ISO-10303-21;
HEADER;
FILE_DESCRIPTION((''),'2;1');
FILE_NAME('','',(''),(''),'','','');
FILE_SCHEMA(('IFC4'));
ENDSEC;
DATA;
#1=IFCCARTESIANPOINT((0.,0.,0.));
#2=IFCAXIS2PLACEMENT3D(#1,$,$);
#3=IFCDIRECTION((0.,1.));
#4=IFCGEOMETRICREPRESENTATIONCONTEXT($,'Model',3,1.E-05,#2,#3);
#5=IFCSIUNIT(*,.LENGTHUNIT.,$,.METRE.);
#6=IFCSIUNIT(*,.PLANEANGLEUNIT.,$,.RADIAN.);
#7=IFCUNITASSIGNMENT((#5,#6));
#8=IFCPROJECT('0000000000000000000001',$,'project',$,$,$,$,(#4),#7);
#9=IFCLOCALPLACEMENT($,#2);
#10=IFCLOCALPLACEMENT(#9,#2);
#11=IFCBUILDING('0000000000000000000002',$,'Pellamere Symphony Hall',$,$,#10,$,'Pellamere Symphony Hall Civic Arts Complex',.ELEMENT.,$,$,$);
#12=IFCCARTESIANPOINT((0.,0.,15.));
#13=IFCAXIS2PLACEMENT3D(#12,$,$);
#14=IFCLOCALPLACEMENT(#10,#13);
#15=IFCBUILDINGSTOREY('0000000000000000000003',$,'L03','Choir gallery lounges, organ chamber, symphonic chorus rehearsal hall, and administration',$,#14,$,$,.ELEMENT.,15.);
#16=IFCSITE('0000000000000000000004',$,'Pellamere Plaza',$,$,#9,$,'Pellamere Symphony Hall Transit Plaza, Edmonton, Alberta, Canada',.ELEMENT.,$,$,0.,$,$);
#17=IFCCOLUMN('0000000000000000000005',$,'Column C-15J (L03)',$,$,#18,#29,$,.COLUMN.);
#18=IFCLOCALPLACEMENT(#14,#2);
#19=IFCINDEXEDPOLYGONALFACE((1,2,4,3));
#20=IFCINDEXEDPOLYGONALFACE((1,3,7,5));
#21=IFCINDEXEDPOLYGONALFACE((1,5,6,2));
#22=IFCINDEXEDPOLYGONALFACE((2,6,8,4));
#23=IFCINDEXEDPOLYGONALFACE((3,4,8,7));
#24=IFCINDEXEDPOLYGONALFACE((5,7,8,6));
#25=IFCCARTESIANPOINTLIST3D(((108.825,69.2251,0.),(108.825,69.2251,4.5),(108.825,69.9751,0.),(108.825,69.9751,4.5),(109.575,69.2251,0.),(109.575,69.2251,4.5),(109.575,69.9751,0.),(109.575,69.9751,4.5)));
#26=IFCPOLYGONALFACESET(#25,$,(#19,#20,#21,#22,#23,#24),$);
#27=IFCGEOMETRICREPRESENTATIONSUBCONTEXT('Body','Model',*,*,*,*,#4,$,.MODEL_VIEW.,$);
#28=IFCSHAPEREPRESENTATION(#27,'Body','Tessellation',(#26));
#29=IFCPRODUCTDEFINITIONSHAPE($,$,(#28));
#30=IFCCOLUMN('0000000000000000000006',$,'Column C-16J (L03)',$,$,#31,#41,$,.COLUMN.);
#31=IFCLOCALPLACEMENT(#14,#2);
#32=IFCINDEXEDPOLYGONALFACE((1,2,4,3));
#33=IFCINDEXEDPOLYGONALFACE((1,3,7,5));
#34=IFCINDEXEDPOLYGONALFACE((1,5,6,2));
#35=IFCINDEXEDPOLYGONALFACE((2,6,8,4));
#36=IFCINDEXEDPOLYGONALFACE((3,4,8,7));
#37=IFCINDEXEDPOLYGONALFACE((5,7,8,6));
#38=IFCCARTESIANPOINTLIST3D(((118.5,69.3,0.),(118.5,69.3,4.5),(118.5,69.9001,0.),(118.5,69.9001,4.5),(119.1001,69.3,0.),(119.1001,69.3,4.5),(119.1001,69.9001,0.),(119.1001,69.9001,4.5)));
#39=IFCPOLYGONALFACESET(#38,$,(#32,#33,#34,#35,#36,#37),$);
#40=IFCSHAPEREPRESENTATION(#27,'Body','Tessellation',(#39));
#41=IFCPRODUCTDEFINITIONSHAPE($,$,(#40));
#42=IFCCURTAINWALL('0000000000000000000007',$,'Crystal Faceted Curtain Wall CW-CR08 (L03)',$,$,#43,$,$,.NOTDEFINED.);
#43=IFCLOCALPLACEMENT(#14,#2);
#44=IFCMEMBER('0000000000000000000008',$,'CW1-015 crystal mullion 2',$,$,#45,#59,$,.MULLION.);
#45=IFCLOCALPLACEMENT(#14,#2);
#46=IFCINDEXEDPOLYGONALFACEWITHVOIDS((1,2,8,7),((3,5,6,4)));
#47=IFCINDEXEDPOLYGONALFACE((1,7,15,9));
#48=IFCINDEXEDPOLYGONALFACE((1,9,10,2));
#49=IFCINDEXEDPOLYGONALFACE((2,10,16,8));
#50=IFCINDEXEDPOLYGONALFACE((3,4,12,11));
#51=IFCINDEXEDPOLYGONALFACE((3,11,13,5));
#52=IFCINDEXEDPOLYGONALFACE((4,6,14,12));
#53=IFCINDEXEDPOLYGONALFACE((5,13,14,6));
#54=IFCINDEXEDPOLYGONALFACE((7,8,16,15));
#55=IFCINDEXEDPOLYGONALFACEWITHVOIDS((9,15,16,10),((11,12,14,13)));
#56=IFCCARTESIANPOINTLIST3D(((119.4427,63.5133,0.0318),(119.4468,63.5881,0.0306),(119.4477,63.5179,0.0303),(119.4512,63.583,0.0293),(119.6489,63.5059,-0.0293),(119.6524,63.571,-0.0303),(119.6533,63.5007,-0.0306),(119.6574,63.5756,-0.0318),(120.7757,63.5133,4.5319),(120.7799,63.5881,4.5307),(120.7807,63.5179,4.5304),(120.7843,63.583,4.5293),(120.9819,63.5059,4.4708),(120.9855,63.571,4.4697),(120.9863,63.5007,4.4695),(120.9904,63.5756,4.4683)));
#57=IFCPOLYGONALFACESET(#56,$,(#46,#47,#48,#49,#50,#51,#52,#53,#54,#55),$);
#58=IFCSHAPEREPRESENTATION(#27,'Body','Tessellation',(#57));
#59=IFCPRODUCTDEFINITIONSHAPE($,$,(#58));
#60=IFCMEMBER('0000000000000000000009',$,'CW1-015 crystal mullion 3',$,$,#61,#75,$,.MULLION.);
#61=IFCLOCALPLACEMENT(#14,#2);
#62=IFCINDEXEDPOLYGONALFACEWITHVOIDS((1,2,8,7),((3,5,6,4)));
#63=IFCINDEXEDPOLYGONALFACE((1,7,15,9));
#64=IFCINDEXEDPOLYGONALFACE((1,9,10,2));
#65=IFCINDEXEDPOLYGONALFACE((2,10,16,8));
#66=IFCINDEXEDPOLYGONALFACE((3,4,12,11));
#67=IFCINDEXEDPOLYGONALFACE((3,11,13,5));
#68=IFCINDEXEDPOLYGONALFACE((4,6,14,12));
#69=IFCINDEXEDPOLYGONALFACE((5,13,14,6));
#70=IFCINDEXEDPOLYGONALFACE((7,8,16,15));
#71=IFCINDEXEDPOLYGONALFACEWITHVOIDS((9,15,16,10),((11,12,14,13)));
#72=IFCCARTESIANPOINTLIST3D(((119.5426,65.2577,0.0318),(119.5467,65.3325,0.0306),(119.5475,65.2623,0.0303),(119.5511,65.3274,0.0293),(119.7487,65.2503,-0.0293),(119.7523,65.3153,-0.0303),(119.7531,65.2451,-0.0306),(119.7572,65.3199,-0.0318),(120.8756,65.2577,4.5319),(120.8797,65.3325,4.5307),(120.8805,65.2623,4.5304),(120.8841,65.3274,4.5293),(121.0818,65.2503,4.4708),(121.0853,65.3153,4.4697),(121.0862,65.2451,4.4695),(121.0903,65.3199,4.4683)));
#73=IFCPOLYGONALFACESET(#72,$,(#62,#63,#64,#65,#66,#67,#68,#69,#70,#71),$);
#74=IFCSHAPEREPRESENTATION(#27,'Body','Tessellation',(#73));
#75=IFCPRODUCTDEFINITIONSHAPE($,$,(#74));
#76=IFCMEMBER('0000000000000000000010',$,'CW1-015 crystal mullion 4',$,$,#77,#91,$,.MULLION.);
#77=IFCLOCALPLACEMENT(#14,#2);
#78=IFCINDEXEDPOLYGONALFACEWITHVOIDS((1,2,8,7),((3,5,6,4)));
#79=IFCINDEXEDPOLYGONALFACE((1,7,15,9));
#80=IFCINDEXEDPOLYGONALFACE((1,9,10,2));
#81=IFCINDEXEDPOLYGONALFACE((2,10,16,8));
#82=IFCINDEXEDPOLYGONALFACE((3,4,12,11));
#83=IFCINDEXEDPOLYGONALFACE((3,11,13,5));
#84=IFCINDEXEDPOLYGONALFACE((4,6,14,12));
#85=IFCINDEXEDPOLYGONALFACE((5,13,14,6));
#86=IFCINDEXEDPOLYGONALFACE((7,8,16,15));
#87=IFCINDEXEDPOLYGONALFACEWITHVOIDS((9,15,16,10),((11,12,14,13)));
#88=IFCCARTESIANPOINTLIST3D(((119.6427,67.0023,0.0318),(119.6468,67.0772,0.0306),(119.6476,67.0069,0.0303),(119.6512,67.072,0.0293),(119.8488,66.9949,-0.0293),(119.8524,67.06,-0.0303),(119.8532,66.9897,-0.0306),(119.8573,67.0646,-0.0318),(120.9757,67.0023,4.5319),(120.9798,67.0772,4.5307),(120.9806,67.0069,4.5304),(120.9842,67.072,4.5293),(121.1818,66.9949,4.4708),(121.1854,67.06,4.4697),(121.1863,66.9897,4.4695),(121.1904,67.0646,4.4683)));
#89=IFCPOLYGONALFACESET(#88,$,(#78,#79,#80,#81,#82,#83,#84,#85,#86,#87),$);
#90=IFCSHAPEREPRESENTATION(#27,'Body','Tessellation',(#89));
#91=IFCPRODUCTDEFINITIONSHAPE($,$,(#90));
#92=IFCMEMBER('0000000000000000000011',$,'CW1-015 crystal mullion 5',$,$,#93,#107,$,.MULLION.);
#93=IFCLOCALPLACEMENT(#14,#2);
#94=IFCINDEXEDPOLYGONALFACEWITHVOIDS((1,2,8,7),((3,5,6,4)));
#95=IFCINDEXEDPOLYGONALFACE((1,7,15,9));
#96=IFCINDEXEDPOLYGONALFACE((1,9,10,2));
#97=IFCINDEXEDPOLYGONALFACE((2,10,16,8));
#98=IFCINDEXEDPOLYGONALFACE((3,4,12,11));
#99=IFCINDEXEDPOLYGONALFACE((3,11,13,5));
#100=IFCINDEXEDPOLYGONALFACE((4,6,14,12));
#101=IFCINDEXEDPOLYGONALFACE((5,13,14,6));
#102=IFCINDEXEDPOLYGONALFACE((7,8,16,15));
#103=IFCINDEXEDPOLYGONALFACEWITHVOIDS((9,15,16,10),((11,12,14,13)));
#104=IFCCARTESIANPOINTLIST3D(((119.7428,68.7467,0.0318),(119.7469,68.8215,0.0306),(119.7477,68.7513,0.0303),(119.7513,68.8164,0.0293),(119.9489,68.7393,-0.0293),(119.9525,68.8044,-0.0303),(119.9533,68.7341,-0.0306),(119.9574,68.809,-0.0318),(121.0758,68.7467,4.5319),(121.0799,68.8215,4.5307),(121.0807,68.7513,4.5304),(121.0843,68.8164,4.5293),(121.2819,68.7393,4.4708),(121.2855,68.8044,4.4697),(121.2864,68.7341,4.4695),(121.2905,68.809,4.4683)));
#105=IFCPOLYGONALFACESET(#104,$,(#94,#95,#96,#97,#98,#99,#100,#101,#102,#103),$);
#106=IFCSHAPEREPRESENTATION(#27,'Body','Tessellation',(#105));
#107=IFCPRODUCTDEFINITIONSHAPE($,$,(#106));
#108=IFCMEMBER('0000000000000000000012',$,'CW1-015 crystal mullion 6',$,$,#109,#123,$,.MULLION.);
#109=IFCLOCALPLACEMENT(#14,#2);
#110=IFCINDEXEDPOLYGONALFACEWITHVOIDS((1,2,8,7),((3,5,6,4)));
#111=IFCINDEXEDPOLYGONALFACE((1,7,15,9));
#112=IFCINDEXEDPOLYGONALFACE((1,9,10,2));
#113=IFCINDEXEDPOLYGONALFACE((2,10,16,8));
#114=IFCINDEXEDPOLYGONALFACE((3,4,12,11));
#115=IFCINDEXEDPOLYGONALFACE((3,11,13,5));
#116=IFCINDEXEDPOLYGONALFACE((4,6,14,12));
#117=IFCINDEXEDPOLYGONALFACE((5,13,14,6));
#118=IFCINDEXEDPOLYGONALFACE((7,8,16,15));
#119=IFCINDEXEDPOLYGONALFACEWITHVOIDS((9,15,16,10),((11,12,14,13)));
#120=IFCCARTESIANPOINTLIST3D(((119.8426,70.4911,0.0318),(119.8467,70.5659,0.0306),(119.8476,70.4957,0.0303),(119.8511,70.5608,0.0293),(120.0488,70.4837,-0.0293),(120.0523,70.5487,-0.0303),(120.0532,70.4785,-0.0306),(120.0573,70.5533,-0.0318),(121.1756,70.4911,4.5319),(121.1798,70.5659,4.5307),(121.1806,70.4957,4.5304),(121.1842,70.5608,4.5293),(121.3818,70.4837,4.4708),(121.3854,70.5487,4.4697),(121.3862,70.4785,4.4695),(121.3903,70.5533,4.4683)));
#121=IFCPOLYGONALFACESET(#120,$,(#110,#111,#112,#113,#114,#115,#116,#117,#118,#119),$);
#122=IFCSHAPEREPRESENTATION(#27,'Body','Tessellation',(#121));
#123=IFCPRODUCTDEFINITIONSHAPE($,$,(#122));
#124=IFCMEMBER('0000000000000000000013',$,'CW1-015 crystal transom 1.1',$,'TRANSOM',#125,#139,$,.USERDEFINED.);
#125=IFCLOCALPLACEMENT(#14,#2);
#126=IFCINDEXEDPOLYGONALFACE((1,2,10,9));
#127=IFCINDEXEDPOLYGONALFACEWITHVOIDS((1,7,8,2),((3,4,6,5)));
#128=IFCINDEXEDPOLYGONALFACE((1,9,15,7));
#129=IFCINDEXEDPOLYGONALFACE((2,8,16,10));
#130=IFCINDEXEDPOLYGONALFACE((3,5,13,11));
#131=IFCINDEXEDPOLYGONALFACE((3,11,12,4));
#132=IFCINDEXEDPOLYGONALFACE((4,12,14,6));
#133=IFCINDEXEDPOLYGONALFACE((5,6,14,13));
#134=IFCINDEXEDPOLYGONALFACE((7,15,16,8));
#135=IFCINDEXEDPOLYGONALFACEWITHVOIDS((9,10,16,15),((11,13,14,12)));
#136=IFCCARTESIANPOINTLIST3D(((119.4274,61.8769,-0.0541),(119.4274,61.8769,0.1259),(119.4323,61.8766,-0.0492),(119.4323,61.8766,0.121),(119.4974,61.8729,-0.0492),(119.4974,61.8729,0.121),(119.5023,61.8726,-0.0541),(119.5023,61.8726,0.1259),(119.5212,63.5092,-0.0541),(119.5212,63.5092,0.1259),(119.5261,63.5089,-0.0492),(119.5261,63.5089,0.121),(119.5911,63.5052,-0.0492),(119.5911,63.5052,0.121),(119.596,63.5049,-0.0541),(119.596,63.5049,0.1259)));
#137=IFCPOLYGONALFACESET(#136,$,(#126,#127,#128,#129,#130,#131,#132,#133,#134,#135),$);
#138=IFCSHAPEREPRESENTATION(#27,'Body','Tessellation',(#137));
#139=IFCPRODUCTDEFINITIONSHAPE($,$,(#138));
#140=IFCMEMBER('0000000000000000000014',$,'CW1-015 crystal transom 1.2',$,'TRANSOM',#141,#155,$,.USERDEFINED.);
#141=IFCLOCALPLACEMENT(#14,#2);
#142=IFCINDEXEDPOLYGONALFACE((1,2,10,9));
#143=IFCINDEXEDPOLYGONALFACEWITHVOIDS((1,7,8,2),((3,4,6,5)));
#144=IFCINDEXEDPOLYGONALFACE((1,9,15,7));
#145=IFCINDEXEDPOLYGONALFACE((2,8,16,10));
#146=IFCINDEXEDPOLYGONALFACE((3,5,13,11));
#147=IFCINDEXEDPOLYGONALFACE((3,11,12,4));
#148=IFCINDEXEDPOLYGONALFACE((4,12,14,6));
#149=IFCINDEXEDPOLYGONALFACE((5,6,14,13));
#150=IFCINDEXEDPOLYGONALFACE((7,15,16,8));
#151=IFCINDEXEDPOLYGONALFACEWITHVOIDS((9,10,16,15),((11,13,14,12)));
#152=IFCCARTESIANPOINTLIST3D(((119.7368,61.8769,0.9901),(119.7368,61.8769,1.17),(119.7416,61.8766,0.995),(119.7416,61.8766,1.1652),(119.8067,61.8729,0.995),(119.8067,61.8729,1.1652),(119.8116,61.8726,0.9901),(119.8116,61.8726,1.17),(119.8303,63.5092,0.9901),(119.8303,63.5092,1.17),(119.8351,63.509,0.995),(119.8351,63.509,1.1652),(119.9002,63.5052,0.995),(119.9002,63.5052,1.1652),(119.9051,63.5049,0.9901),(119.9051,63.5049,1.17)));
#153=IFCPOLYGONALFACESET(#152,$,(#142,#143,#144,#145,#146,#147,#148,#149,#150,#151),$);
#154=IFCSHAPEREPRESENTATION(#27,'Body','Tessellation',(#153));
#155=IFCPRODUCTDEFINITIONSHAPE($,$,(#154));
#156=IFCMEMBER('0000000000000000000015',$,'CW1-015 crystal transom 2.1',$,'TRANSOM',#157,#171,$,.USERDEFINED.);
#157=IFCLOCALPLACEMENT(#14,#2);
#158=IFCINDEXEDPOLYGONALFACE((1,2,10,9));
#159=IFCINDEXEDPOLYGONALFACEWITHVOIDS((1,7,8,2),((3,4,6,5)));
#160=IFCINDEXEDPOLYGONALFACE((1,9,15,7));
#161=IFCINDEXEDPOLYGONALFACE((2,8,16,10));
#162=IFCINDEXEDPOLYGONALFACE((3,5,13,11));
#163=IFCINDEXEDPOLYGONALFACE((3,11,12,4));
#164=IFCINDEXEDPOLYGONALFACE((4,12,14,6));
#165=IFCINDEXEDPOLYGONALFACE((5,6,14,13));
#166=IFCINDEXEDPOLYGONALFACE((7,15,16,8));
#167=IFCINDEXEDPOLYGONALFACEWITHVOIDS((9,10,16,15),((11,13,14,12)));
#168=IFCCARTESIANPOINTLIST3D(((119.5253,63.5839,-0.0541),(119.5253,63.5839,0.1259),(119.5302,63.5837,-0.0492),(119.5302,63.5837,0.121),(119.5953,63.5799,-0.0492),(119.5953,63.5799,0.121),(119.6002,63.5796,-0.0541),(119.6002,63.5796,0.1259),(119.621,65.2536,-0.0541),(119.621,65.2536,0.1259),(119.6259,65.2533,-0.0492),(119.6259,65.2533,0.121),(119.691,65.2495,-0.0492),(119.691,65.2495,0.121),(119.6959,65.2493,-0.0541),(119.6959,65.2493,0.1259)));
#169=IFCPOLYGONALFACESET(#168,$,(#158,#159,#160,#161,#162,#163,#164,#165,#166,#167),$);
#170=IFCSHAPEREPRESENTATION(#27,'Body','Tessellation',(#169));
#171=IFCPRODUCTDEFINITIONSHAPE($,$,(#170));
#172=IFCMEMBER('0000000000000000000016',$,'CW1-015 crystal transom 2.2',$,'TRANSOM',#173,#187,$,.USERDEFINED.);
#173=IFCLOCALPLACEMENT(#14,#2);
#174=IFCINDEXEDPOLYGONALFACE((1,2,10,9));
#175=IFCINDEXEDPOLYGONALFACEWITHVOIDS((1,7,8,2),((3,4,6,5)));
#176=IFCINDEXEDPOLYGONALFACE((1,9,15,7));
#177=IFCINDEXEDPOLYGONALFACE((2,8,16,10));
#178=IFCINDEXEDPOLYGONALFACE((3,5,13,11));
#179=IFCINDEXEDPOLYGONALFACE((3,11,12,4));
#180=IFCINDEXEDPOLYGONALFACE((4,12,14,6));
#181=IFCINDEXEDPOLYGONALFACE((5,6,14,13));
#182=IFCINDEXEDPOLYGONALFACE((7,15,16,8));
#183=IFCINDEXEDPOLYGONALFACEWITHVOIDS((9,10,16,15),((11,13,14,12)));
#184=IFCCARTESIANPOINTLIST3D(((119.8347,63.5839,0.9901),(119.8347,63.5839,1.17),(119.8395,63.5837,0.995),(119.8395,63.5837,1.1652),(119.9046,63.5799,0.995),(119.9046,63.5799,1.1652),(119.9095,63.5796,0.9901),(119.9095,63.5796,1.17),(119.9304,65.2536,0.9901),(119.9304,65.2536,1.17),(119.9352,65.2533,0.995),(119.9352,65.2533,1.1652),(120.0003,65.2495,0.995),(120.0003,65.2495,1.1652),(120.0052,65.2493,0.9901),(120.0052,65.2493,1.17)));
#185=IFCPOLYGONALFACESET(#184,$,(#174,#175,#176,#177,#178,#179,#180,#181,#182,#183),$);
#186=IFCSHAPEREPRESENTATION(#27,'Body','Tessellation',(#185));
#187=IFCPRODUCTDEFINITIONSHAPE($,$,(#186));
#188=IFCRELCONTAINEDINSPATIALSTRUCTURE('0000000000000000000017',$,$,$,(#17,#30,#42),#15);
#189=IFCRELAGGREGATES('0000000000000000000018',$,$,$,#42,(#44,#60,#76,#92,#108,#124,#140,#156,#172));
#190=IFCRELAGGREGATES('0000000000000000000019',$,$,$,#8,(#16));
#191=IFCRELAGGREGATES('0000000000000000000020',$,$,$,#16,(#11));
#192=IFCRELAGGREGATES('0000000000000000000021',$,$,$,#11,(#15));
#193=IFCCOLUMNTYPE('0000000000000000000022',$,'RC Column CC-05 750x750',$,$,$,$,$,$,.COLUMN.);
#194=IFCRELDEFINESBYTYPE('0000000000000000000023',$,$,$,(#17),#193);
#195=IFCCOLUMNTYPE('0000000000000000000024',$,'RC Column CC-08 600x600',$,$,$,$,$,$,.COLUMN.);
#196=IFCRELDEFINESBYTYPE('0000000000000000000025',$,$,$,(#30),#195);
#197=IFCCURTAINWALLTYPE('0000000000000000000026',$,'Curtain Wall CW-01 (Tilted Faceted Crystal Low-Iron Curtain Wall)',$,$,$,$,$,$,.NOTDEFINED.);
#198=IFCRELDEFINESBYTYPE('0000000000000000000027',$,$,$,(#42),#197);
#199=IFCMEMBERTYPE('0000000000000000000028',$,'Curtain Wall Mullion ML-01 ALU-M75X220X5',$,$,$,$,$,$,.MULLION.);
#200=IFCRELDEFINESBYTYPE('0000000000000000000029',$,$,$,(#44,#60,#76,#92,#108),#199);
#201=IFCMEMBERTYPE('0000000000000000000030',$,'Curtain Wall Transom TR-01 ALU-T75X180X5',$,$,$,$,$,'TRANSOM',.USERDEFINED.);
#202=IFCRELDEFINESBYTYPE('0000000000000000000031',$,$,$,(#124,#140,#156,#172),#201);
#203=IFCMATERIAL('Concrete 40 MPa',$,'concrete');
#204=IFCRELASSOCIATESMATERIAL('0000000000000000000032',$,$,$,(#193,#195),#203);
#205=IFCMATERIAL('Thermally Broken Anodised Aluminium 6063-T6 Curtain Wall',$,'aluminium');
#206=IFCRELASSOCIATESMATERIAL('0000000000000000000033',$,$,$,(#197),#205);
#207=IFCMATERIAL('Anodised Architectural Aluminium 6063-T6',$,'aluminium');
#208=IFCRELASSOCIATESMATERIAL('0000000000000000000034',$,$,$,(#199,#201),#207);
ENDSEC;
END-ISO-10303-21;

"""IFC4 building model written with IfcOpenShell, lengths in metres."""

from ifc_helpers import new_model, si_unit, direction, frame, origin, origin_2d, place, context, subcontext, project, spatial, rectangle, hollow_rectangle, extrude, material, material_profile, profile_set, type_object, element, aggregate, save


model = new_model("IFC4")

# Units and contexts
model_context = context("Model", 3, precision=1e-05, world=origin(), true_north=direction((0.0, 1.0)))
body_context = subcontext(model_context, "Body", "Model", "MODEL_VIEW")
ifc_project = project(units=[si_unit("LENGTHUNIT", "METRE"), si_unit("PLANEANGLEUNIT", "RADIAN")], contexts=[model_context])

# Site, building, storey
site_placement = place(None, origin())
site = spatial("IfcSite", under=ifc_project, at=site_placement, Name="Pellamere Plaza", LongName="Pellamere Symphony Hall Transit Plaza, Edmonton, Alberta, Canada", CompositionType="ELEMENT", RefElevation=0.0)
building_placement = place(site_placement, origin())
building = spatial("IfcBuilding", under=site, at=building_placement, Name="Pellamere Symphony Hall", LongName="Pellamere Symphony Hall Civic Arts Complex", CompositionType="ELEMENT")
storey_placement = place(building_placement, frame((0.0, 0.0, 15.0)))
storey = spatial("IfcBuildingStorey", under=building, at=storey_placement, Name="L03", Description="Choir gallery lounges, organ chamber, symphonic chorus rehearsal hall, and administration", CompositionType="ELEMENT", Elevation=15.0)

# Columns
ifc_material_1 = material(Name="Concrete 40 MPa", Category="concrete")
ifc_material_profile_1 = material_profile(ifc_material_1, rectangle(XDim=0.75, YDim=0.75, at=origin_2d()), Name="RC 750x750")
ifc_profile_set_1 = profile_set([ifc_material_profile_1], Name="Concrete 40 MPa")
column_type_1 = type_object("IfcColumnType", Name="RC Column CC-05 750x750", PredefinedType="COLUMN", material=ifc_profile_set_1)
column_1_placement = place(storey_placement, frame((109.2, 69.6001, 0.0), z_axis=(0.0, 0.0, 1.0), x_axis=(1.0, 0.0, 0.0)))
element("IfcColumn", 1, at=column_1_placement, inside=storey, type_object=column_type_1, Name="Column C-15J (L03)", PredefinedType="COLUMN", context=body_context, shape_type="SweptSolid", body=[
    extrude(rectangle(XDim=0.75, YDim=0.75, at=origin_2d()), origin(), (0.0, 0.0, 1.0), 4.5),
])
ifc_material_profile_2 = material_profile(ifc_material_1, rectangle(XDim=0.6001, YDim=0.6001, at=origin_2d()), Name="RC 600x600")
ifc_profile_set_2 = profile_set([ifc_material_profile_2], Name="Concrete 40 MPa")
column_type_2 = type_object("IfcColumnType", Name="RC Column CC-08 600x600", PredefinedType="COLUMN", material=ifc_profile_set_2)
column_2_placement = place(storey_placement, frame((118.8, 69.6001, 0.0), z_axis=(0.0, 0.0, 1.0), x_axis=(1.0, 0.0, 0.0)))
element("IfcColumn", 2, at=column_2_placement, inside=storey, type_object=column_type_2, Name="Column C-16J (L03)", PredefinedType="COLUMN", context=body_context, shape_type="SweptSolid", body=[
    extrude(rectangle(XDim=0.6001, YDim=0.6001, at=origin_2d()), origin(), (0.0, 0.0, 1.0), 4.5),
])

# Curtain wall, members
ifc_material_2 = material(Name="Thermally Broken Anodised Aluminium 6063-T6 Curtain Wall", Category="aluminium")
curtain_wall_type = type_object("IfcCurtainWallType", Name="Curtain Wall CW-01 (Tilted Faceted Crystal Low-Iron Curtain Wall)", PredefinedType="NOTDEFINED", material=ifc_material_2)
curtain_wall_placement = place(storey_placement, origin())
curtain_wall = element("IfcCurtainWall", 3, at=curtain_wall_placement, inside=storey, type_object=curtain_wall_type, Name="Crystal Faceted Curtain Wall CW-CR08 (L03)", PredefinedType="NOTDEFINED")
ifc_material_3 = material(Name="Anodised Architectural Aluminium 6063-T6", Category="aluminium")
ifc_material_profile_3 = material_profile(ifc_material_3, hollow_rectangle(XDim=0.075, YDim=0.22, WallThickness=0.0049, at=origin_2d()), Name="ALU-M75X220X5")
ifc_profile_set_3 = profile_set([ifc_material_profile_3], Name="Anodised Architectural Aluminium 6063-T6")
member_type_1 = type_object("IfcMemberType", Name="Curtain Wall Mullion ML-01 ALU-M75X220X5", PredefinedType="MULLION", material=ifc_profile_set_3)
member_1_placement = place(storey_placement, frame((119.55, 63.5444, 0.0), z_axis=(0.284025, 0.0, 0.958817), x_axis=(-0.054874, -0.998361, 0.016255)))
member_1 = element("IfcMember", 4, at=member_1_placement, type_object=member_type_1, Name="CW1-015 crystal mullion 2", PredefinedType="MULLION", context=body_context, shape_type="SweptSolid", body=[
    extrude(hollow_rectangle(XDim=0.075, YDim=0.22, WallThickness=0.0049, at=origin_2d()), origin(), (0.0, 0.0, 1.0), 4.6934),
])
member_2_placement = place(storey_placement, frame((119.6499, 65.2888, 0.0), z_axis=(0.284025, 0.0, 0.958817), x_axis=(-0.054874, -0.998361, 0.016255)))
member_2 = element("IfcMember", 5, at=member_2_placement, type_object=member_type_1, Name="CW1-015 crystal mullion 3", PredefinedType="MULLION", context=body_context, shape_type="SweptSolid", body=[
    extrude(hollow_rectangle(XDim=0.075, YDim=0.22, WallThickness=0.0049, at=origin_2d()), origin(), (0.0, 0.0, 1.0), 4.6934),
])
member_3_placement = place(storey_placement, frame((119.75, 67.0334, 0.0), z_axis=(0.284025, 0.0, 0.958817), x_axis=(-0.054874, -0.998361, 0.016255)))
member_3 = element("IfcMember", 6, at=member_3_placement, type_object=member_type_1, Name="CW1-015 crystal mullion 4", PredefinedType="MULLION", context=body_context, shape_type="SweptSolid", body=[
    extrude(hollow_rectangle(XDim=0.075, YDim=0.22, WallThickness=0.0049, at=origin_2d()), origin(), (0.0, 0.0, 1.0), 4.6934),
])
member_4_placement = place(storey_placement, frame((119.8501, 68.7778, 0.0), z_axis=(0.284025, 0.0, 0.958817), x_axis=(-0.054874, -0.998361, 0.016255)))
member_4 = element("IfcMember", 7, at=member_4_placement, type_object=member_type_1, Name="CW1-015 crystal mullion 5", PredefinedType="MULLION", context=body_context, shape_type="SweptSolid", body=[
    extrude(hollow_rectangle(XDim=0.075, YDim=0.22, WallThickness=0.0049, at=origin_2d()), origin(), (0.0, 0.0, 1.0), 4.6934),
])
member_5_placement = place(storey_placement, frame((119.95, 70.5222, 0.0), z_axis=(0.284025, 0.0, 0.958817), x_axis=(-0.054874, -0.998361, 0.016255)))
member_5 = element("IfcMember", 8, at=member_5_placement, type_object=member_type_1, Name="CW1-015 crystal mullion 6", PredefinedType="MULLION", context=body_context, shape_type="SweptSolid", body=[
    extrude(hollow_rectangle(XDim=0.075, YDim=0.22, WallThickness=0.0049, at=origin_2d()), origin(), (0.0, 0.0, 1.0), 4.6934),
])
ifc_material_profile_4 = material_profile(ifc_material_3, hollow_rectangle(XDim=0.075, YDim=0.1799, WallThickness=0.0049, at=origin_2d()), Name="ALU-T75X180X5")
ifc_profile_set_4 = profile_set([ifc_material_profile_4], Name="Anodised Architectural Aluminium 6063-T6")
member_type_2 = type_object("IfcMemberType", Name="Curtain Wall Transom TR-01 ALU-T75X180X5", ElementType="TRANSOM", PredefinedType="USERDEFINED", material=ifc_profile_set_4)
member_6_placement = place(storey_placement, frame((119.4648, 61.8748, 0.0359), z_axis=(0.057339, 0.998355, 0.0), x_axis=(-0.998355, 0.057339, 0.0)))
member_6 = element("IfcMember", 9, at=member_6_placement, type_object=member_type_2, Name="CW1-015 crystal transom 1.1", ObjectType="TRANSOM", PredefinedType="USERDEFINED", context=body_context, shape_type="SweptSolid", body=[
    extrude(hollow_rectangle(XDim=0.075, YDim=0.1799, WallThickness=0.0049, at=origin_2d()), origin(), (0.0, 0.0, 1.0), 1.635),
])
member_7_placement = place(storey_placement, frame((119.7742, 61.8748, 1.0801), z_axis=(0.05719, 0.998363, 0.0), x_axis=(-0.998363, 0.05719, 0.0)))
member_7 = element("IfcMember", 10, at=member_7_placement, type_object=member_type_2, Name="CW1-015 crystal transom 1.2", ObjectType="TRANSOM", PredefinedType="USERDEFINED", context=body_context, shape_type="SweptSolid", body=[
    extrude(hollow_rectangle(XDim=0.075, YDim=0.1799, WallThickness=0.0049, at=origin_2d()), origin(), (0.0, 0.0, 1.0), 1.635),
])
member_8_placement = place(storey_placement, frame((119.5627, 63.5818, 0.0359), z_axis=(0.057224, 0.998361, 0.0), x_axis=(-0.998361, 0.057224, 0.0)))
member_8 = element("IfcMember", 11, at=member_8_placement, type_object=member_type_2, Name="CW1-015 crystal transom 2.1", ObjectType="TRANSOM", PredefinedType="USERDEFINED", context=body_context, shape_type="SweptSolid", body=[
    extrude(hollow_rectangle(XDim=0.075, YDim=0.1799, WallThickness=0.0049, at=origin_2d()), origin(), (0.0, 0.0, 1.0), 1.6724),
])
member_9_placement = place(storey_placement, frame((119.8721, 63.5818, 1.0801), z_axis=(0.057224, 0.998361, 0.0), x_axis=(-0.998361, 0.057224, 0.0)))
member_9 = element("IfcMember", 12, at=member_9_placement, type_object=member_type_2, Name="CW1-015 crystal transom 2.2", ObjectType="TRANSOM", PredefinedType="USERDEFINED", context=body_context, shape_type="SweptSolid", body=[
    extrude(hollow_rectangle(XDim=0.075, YDim=0.1799, WallThickness=0.0049, at=origin_2d()), origin(), (0.0, 0.0, 1.0), 1.6724),
])

aggregate(curtain_wall, [member_1, member_2, member_3, member_4, member_5, member_6, member_7, member_8, member_9])

save(model, "model.ifc")
